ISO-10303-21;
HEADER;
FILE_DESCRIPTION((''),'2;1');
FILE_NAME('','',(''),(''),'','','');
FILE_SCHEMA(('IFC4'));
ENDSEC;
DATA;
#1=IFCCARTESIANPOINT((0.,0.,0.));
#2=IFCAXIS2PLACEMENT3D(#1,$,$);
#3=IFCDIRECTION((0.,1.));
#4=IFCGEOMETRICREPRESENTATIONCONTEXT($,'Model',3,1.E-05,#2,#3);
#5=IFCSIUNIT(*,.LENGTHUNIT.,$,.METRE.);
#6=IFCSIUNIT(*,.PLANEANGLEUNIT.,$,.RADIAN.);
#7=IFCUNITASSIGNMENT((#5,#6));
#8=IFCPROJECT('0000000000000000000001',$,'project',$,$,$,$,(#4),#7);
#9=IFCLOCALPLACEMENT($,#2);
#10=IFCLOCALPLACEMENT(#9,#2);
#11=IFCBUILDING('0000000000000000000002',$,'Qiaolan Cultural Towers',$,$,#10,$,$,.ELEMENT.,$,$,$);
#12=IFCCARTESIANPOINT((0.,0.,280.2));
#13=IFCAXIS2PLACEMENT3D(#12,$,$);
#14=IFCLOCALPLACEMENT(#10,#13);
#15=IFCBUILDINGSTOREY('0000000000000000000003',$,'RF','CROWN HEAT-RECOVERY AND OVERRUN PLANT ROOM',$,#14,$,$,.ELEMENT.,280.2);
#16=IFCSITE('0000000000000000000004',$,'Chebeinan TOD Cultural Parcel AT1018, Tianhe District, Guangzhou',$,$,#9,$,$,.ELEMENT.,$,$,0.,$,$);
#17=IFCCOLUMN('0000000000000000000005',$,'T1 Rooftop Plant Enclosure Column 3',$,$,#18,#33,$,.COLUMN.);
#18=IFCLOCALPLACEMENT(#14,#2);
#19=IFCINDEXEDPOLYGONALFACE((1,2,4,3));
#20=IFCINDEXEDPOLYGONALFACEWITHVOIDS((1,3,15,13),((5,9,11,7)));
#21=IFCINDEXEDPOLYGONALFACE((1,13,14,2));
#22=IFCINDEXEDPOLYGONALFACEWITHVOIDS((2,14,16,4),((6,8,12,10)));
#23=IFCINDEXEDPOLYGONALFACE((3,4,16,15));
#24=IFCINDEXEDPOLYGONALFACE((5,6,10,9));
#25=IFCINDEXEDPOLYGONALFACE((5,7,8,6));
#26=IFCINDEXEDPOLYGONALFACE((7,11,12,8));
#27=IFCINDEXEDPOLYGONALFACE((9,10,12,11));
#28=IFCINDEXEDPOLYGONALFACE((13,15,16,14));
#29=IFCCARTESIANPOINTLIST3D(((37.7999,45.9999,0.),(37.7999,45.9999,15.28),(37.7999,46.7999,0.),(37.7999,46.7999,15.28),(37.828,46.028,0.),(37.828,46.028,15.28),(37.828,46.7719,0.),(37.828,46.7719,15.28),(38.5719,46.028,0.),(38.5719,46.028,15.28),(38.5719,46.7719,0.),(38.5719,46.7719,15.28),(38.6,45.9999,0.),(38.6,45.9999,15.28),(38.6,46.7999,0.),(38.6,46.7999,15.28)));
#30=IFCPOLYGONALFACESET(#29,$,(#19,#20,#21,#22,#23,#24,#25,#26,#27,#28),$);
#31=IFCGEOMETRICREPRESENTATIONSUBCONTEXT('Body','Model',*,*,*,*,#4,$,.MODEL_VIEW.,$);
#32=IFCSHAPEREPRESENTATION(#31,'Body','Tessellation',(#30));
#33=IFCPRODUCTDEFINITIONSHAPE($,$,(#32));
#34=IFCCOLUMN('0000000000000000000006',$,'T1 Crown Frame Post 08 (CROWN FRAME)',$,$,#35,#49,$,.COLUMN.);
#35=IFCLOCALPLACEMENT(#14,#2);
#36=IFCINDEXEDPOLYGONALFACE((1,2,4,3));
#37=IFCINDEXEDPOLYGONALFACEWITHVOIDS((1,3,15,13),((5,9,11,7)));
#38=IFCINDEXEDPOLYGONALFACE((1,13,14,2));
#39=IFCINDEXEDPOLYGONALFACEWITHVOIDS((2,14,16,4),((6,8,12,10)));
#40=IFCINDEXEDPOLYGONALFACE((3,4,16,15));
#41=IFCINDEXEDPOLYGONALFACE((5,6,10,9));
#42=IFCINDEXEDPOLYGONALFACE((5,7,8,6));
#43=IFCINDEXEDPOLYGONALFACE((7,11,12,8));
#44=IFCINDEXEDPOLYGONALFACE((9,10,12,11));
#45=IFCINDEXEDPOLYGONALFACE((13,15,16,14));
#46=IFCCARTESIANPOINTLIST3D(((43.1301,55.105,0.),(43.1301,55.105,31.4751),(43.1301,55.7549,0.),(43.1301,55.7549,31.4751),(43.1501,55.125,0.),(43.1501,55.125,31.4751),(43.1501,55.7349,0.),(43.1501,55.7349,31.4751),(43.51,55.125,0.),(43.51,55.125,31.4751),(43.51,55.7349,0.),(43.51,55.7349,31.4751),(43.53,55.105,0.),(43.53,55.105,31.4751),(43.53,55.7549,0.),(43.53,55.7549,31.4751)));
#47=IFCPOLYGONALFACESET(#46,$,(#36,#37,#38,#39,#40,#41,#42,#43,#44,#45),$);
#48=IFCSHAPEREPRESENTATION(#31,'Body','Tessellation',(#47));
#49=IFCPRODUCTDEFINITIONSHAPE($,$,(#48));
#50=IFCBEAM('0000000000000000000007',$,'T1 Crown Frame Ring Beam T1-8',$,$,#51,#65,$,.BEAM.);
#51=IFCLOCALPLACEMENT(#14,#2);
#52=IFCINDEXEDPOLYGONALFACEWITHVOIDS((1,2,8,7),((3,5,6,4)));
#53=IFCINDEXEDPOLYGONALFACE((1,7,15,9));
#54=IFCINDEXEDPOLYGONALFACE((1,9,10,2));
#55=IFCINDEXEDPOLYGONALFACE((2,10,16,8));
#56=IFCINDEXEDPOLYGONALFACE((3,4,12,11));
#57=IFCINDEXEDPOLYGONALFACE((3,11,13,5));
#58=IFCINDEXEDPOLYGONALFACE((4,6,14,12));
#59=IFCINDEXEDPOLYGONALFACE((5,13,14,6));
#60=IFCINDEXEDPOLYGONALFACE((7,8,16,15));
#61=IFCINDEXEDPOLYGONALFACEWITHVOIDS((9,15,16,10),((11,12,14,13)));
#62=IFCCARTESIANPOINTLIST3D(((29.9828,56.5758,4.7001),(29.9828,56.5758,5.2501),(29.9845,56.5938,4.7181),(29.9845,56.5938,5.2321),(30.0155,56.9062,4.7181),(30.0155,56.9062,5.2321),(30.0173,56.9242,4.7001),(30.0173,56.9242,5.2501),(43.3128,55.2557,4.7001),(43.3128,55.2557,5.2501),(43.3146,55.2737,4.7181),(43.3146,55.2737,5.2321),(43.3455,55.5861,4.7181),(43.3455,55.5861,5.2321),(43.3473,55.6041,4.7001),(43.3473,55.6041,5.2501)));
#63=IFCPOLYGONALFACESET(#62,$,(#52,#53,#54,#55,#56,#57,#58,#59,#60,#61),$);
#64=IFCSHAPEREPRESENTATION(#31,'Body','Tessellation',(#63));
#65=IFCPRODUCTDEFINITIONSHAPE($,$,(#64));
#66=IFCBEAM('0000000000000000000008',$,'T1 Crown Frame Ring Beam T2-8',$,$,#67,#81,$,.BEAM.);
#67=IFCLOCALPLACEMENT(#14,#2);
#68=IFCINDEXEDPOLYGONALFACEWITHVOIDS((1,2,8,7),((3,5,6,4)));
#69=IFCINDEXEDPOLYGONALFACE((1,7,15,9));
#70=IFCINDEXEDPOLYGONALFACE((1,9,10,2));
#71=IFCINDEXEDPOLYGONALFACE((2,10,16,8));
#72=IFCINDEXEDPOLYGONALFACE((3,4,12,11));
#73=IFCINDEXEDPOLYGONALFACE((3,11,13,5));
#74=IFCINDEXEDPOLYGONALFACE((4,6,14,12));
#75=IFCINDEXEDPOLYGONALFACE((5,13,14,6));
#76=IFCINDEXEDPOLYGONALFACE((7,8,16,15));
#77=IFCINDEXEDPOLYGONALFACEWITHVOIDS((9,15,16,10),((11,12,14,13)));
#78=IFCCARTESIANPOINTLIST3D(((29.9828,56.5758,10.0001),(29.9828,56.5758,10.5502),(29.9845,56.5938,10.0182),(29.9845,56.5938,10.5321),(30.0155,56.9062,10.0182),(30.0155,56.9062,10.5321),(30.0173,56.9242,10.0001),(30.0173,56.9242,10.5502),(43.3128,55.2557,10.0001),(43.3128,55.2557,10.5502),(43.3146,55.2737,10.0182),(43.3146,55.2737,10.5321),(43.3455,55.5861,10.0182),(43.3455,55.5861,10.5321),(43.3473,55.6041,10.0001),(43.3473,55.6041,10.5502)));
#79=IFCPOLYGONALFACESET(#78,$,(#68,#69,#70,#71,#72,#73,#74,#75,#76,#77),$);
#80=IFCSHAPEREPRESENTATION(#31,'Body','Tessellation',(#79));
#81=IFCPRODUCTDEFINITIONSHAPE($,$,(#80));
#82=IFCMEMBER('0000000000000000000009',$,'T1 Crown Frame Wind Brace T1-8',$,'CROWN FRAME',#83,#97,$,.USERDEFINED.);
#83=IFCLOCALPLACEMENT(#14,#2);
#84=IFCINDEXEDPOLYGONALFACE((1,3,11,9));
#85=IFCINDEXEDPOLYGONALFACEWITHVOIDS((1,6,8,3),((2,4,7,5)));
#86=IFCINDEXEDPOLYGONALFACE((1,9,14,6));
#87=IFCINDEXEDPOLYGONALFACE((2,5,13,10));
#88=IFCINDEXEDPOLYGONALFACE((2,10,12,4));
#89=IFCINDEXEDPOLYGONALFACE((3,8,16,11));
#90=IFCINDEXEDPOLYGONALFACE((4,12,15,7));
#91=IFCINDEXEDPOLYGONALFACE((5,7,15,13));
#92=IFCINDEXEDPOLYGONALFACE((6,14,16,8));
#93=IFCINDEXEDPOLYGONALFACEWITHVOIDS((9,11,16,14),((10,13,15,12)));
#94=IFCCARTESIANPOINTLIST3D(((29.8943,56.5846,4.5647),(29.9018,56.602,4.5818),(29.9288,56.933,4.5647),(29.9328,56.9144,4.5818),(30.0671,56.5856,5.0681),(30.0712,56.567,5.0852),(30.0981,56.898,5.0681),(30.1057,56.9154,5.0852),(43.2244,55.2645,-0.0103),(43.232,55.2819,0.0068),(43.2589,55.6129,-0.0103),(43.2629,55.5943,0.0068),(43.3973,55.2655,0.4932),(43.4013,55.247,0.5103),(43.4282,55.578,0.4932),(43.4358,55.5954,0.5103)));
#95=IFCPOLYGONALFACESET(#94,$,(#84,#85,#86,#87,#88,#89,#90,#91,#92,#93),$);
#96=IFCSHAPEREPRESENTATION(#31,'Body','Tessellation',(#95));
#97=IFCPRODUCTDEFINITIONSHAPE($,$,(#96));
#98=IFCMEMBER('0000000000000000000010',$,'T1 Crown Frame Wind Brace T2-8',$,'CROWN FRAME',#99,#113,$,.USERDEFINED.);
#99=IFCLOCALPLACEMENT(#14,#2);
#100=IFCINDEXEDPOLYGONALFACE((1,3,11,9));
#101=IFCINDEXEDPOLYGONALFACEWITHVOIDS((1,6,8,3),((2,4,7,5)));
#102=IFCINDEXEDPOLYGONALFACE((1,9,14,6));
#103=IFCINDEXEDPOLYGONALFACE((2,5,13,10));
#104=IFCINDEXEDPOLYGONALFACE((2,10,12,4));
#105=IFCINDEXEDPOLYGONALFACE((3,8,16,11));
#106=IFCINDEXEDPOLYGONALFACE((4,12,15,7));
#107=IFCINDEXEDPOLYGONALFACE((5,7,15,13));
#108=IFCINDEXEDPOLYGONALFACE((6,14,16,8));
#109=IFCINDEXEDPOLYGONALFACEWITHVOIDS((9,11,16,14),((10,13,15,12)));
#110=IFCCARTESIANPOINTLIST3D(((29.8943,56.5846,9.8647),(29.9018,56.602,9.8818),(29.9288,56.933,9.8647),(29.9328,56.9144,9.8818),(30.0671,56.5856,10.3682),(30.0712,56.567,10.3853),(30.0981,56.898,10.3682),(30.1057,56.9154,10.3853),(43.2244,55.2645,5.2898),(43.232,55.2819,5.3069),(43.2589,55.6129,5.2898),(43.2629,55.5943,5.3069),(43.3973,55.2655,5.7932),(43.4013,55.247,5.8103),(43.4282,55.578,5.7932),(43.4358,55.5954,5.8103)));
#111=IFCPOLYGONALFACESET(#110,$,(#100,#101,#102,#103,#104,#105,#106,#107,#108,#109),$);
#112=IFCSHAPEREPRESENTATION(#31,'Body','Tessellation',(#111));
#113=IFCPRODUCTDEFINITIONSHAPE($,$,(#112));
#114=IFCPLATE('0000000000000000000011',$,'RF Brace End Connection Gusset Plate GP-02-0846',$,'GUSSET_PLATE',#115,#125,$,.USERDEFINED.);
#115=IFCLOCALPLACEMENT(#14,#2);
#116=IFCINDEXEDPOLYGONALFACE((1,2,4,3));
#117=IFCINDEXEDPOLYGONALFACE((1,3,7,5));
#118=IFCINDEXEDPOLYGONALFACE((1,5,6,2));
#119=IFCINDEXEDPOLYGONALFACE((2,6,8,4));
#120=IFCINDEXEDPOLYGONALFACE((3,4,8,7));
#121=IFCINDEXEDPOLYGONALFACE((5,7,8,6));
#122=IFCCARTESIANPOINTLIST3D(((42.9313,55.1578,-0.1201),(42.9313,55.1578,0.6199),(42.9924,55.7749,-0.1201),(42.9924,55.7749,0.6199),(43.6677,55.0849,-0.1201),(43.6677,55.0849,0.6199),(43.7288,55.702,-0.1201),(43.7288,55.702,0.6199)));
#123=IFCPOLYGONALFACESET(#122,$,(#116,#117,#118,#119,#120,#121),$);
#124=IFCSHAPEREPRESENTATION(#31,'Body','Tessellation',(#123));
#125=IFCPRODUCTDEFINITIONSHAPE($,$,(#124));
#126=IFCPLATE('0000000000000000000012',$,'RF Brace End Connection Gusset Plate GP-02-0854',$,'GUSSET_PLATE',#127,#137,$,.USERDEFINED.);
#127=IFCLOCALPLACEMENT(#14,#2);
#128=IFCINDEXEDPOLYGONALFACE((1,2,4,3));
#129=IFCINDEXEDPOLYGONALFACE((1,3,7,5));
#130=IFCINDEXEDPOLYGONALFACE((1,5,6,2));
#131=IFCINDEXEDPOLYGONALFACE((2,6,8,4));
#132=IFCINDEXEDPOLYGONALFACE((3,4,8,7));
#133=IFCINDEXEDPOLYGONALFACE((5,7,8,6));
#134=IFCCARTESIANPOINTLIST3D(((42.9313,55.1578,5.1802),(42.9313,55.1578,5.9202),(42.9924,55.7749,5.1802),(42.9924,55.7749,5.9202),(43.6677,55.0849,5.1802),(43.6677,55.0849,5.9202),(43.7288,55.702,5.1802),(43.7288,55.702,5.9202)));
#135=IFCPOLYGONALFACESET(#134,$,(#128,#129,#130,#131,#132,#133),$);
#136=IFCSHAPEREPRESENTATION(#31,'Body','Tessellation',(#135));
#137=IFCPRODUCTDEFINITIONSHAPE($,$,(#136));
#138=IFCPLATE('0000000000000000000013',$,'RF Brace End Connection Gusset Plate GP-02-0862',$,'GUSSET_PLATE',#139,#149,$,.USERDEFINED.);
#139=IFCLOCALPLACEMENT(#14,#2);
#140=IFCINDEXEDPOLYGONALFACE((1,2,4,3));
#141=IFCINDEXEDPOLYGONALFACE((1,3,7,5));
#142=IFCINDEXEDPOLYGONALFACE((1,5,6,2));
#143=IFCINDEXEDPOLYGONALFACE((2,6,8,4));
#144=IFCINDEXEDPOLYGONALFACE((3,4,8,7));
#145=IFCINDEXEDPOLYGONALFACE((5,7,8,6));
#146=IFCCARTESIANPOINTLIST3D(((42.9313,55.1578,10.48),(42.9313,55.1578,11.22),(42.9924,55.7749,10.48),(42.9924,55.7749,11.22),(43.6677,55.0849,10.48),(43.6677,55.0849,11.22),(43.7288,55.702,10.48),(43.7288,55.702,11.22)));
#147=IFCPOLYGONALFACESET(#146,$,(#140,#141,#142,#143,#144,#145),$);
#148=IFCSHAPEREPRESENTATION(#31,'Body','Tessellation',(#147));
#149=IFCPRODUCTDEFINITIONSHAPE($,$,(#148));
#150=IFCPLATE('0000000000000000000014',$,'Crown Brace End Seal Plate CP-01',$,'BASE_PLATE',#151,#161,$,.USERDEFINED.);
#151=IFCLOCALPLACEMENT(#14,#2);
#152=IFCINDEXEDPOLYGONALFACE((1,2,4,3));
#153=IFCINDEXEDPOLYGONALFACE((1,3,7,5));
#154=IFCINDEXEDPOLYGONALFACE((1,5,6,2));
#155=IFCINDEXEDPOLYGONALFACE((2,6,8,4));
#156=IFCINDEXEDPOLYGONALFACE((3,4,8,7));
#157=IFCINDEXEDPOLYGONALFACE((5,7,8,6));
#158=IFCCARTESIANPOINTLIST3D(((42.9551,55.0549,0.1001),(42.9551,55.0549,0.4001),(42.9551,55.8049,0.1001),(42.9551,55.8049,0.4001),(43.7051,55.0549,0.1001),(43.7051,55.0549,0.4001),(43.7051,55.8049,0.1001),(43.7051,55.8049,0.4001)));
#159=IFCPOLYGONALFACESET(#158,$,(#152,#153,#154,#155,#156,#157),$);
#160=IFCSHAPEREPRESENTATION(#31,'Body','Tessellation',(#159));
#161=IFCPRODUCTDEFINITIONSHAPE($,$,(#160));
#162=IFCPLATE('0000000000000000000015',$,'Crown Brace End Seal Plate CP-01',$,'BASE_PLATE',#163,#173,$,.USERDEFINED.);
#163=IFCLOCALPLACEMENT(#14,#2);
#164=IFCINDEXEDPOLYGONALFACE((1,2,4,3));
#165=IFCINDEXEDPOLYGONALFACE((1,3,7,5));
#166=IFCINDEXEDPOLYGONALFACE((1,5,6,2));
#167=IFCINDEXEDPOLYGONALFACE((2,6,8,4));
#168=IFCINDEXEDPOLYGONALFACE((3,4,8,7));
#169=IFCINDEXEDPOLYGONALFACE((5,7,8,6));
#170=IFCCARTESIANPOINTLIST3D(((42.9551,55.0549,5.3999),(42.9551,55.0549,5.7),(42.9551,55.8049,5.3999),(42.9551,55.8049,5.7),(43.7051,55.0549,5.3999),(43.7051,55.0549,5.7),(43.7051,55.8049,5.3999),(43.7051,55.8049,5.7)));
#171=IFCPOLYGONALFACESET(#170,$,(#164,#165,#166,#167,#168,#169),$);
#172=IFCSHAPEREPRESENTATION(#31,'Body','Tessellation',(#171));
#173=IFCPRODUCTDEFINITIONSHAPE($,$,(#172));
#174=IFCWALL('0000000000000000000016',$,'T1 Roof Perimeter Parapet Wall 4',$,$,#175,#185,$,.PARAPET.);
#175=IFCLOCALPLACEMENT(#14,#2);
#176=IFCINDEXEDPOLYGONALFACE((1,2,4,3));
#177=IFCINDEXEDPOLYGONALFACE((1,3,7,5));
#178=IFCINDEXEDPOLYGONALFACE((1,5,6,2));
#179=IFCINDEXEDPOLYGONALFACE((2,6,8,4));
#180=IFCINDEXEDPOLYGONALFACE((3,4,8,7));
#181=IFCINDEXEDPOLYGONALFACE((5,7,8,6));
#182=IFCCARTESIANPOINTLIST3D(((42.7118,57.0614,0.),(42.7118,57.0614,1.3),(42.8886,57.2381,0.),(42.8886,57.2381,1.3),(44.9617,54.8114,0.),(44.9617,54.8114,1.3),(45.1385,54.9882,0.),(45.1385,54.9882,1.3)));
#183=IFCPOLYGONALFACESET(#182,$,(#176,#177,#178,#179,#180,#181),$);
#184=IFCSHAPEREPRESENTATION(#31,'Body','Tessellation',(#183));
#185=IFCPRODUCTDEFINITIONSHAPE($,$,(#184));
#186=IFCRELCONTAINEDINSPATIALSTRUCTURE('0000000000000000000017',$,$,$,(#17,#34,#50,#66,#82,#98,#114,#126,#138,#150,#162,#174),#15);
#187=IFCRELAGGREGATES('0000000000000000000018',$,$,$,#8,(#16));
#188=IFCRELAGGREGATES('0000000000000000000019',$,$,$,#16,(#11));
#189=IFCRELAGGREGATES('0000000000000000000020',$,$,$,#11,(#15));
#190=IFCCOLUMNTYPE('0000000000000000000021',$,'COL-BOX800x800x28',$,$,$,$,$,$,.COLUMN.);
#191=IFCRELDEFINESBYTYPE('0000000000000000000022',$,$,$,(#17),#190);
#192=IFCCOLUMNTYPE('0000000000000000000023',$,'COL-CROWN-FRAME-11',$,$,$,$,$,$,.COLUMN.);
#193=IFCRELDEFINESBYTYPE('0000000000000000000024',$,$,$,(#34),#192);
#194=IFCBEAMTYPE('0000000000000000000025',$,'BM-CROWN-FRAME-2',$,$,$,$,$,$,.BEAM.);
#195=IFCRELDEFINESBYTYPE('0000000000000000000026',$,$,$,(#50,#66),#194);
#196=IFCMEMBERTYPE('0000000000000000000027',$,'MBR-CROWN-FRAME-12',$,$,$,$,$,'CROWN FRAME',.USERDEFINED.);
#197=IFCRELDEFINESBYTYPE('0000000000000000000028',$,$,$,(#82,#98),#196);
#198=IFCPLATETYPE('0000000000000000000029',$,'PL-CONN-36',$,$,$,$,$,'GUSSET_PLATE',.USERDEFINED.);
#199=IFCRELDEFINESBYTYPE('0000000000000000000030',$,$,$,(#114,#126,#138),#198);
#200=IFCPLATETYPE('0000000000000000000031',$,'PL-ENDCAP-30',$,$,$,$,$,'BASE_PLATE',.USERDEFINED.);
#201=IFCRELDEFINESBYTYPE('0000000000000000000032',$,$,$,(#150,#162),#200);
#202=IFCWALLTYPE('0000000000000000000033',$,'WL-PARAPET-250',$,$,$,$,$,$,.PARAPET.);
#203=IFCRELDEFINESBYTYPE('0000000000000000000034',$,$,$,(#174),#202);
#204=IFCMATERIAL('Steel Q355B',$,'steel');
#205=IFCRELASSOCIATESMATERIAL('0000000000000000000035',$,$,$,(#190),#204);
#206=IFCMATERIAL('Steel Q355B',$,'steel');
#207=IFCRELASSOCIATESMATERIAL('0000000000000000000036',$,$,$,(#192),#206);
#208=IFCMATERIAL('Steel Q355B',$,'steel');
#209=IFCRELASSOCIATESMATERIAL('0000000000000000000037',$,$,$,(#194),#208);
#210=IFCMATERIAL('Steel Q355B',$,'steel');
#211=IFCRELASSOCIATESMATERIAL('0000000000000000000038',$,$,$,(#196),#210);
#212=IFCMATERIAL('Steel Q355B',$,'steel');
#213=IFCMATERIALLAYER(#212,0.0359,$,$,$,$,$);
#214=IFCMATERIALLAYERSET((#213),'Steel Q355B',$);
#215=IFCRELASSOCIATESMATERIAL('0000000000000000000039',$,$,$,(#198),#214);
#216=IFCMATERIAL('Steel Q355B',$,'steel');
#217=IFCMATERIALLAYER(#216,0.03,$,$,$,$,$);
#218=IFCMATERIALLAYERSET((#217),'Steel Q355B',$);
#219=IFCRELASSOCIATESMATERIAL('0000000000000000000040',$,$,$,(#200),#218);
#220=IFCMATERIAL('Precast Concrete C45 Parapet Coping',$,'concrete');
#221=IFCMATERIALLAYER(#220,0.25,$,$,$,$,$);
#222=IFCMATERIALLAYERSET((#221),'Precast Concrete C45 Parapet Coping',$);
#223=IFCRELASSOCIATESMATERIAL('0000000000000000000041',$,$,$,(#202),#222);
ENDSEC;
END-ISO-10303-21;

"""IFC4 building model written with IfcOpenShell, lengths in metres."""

from ifc_helpers import new_model, si_unit, direction, frame, frame_2d, origin, origin_2d, place, context, subcontext, project, spatial, rectangle, hollow_rectangle, extrude, material, layer, layer_set, material_profile, profile_set, type_object, element, save


model = new_model("IFC4")

# Units and contexts
model_context = context("Model", 3, precision=1e-05, world=origin(), true_north=direction((0.0, 1.0)))
body_context = subcontext(model_context, "Body", "Model", "MODEL_VIEW")
ifc_project = project(units=[si_unit("LENGTHUNIT", "METRE"), si_unit("PLANEANGLEUNIT", "RADIAN")], contexts=[model_context])

# Site, building, storey
site_placement = place(None, origin())
site = spatial("IfcSite", under=ifc_project, at=site_placement, Name="Chebeinan TOD Cultural Parcel AT1018, Tianhe District, Guangzhou", CompositionType="ELEMENT", RefElevation=0.0)
building_placement = place(site_placement, origin())
building = spatial("IfcBuilding", under=site, at=building_placement, Name="Qiaolan Cultural Towers", CompositionType="ELEMENT")
storey_placement = place(building_placement, frame((0.0, 0.0, 280.2)))
storey = spatial("IfcBuildingStorey", under=building, at=storey_placement, Name="RF", Description="CROWN HEAT-RECOVERY AND OVERRUN PLANT ROOM", CompositionType="ELEMENT", Elevation=280.2)

# Columns
ifc_material_1 = material(Name="Steel Q355B", Category="steel")
ifc_material_profile_1 = material_profile(ifc_material_1, hollow_rectangle(XDim=0.8, YDim=0.8, WallThickness=0.0281, at=origin_2d()), Name="BOX800x800x28")
ifc_profile_set_1 = profile_set([ifc_material_profile_1], Name="Steel Q355B")
column_type_1 = type_object("IfcColumnType", Name="COL-BOX800x800x28", PredefinedType="COLUMN", material=ifc_profile_set_1)
column_1_placement = place(storey_placement, frame((38.2, 46.3999, 0.0), z_axis=(0.0, 0.0, 1.0), x_axis=(1.0, 0.0, 0.0)))
element("IfcColumn", 1, at=column_1_placement, inside=storey, type_object=column_type_1, Name="T1 Rooftop Plant Enclosure Column 3", PredefinedType="COLUMN", context=body_context, shape_type="SweptSolid", body=[
    extrude(hollow_rectangle(XDim=0.8, YDim=0.8, WallThickness=0.0281, at=origin_2d()), origin(), (0.0, 0.0, 1.0), 15.28),
])
ifc_material_2 = material(Name="Steel Q355B", Category="steel")
ifc_material_profile_2 = material_profile(ifc_material_2, hollow_rectangle(XDim=0.3999, YDim=0.6499, WallThickness=0.02, at=origin_2d()), Name="BOX650x400x20")
ifc_profile_set_2 = profile_set([ifc_material_profile_2], Name="Steel Q355B")
column_type_2 = type_object("IfcColumnType", Name="COL-CROWN-FRAME-11", PredefinedType="COLUMN", material=ifc_profile_set_2)
column_2_placement = place(storey_placement, frame((43.3301, 55.4299, 0.0), z_axis=(0.0, 0.0, 1.0), x_axis=(1.0, 0.0, 0.0)))
element("IfcColumn", 2, at=column_2_placement, inside=storey, type_object=column_type_2, Name="T1 Crown Frame Post 08 (CROWN FRAME)", PredefinedType="COLUMN", context=body_context, shape_type="SweptSolid", body=[
    extrude(hollow_rectangle(XDim=0.3999, YDim=0.6499, WallThickness=0.02, at=origin_2d()), origin(), (0.0, 0.0, 1.0), 31.4751),
])

# Beams
ifc_material_3 = material(Name="Steel Q355B", Category="steel")
ifc_material_profile_3 = material_profile(ifc_material_3, hollow_rectangle(XDim=0.3501, YDim=0.55, WallThickness=0.0181, at=origin_2d()), Name="BOX550x350x18")
ifc_profile_set_3 = profile_set([ifc_material_profile_3], Name="Steel Q355B")
beam_type = type_object("IfcBeamType", Name="BM-CROWN-FRAME-2", PredefinedType="BEAM", material=ifc_profile_set_3)
for number, where, z_axis, x_axis, name in (
    (3, (43.3301, 55.4299, 4.9751), (-0.995132, 0.098547, 0.0), (-0.098547, -0.995132, 0.0), "T1 Crown Frame Ring Beam T1-8"),
    (4, (43.3301, 55.4299, 10.2751), (-0.995132, 0.098547, 0.0), (-0.098547, -0.995132, 0.0), "T1 Crown Frame Ring Beam T2-8"),
):
    element("IfcBeam", number, at=place(storey_placement, frame(where, z_axis=z_axis, x_axis=x_axis)), inside=storey, type_object=beam_type, Name=name, PredefinedType="BEAM", context=body_context, shape_type="SweptSolid", body=[
        extrude(hollow_rectangle(XDim=0.3501, YDim=0.55, WallThickness=0.0181, at=origin_2d()), origin(), (0.0, 0.0, 1.0), 13.3953),
    ])

# Members
ifc_material_4 = material(Name="Steel Q355B", Category="steel")
ifc_material_profile_4 = material_profile(ifc_material_4, hollow_rectangle(XDim=0.3501, YDim=0.55, WallThickness=0.0181, at=origin_2d()), Name="BOX550x350x18")
ifc_profile_set_4 = profile_set([ifc_material_profile_4], Name="Steel Q355B")
member_type = type_object("IfcMemberType", Name="MBR-CROWN-FRAME-12", ElementType="CROWN FRAME", PredefinedType="USERDEFINED", material=ifc_profile_set_4)
for number, where, z_axis, x_axis, name in (
    (5, (43.3301, 55.4299, 0.25), (-0.941723, 0.093258, 0.323204), (-0.098547, -0.995132, 0.0), "T1 Crown Frame Wind Brace T1-8"),
    (6, (43.3301, 55.4299, 5.55), (-0.941723, 0.093258, 0.323204), (-0.098547, -0.995132, 0.0), "T1 Crown Frame Wind Brace T2-8"),
):
    element("IfcMember", number, at=place(storey_placement, frame(where, z_axis=z_axis, x_axis=x_axis)), inside=storey, type_object=member_type, Name=name, ObjectType="CROWN FRAME", PredefinedType="USERDEFINED", context=body_context, shape_type="SweptSolid", body=[
        extrude(hollow_rectangle(XDim=0.3501, YDim=0.55, WallThickness=0.0181, at=origin_2d()), origin(), (0.0, 0.0, 1.0), 14.155),
    ])

# Plates
ifc_material_5 = material(Name="Steel Q355B", Category="steel")
ifc_layer_1 = layer(ifc_material_5, 0.0359)
ifc_layer_set_1 = layer_set([ifc_layer_1], Name="Steel Q355B")
plate_type_1 = type_object("IfcPlateType", Name="PL-CONN-36", ElementType="GUSSET_PLATE", PredefinedType="USERDEFINED", material=ifc_layer_set_1)
for number, where, z_axis, x_axis, name in (
    (7, (43.3301, 55.4299, -0.1201), (0.0, 0.0, 1.0), (-0.995133, 0.098543, 0.0), "RF Brace End Connection Gusset Plate GP-02-0846"),
    (8, (43.3301, 55.4299, 5.1802), (0.0, 0.0, 1.0), (-0.995133, 0.098543, 0.0), "RF Brace End Connection Gusset Plate GP-02-0854"),
    (9, (43.3301, 55.4299, 10.48), (0.0, 0.0, 1.0), (-0.995133, 0.098543, 0.0), "RF Brace End Connection Gusset Plate GP-02-0862"),
):
    element("IfcPlate", number, at=place(storey_placement, frame(where, z_axis=z_axis, x_axis=x_axis)), inside=storey, type_object=plate_type_1, Name=name, ObjectType="GUSSET_PLATE", PredefinedType="USERDEFINED", context=body_context, shape_type="SweptSolid", body=[
        extrude(rectangle(XDim=0.74, YDim=0.6201, at=origin_2d()), origin(), (0.0, 0.0, 1.0), 0.74),
    ])
ifc_material_6 = material(Name="Steel Q355B", Category="steel")
ifc_layer_2 = layer(ifc_material_6, 0.03)
ifc_layer_set_2 = layer_set([ifc_layer_2], Name="Steel Q355B")
plate_type_2 = type_object("IfcPlateType", Name="PL-ENDCAP-30", ElementType="BASE_PLATE", PredefinedType="USERDEFINED", material=ifc_layer_set_2)
for number, where, z_axis, x_axis, name in (
    (10, (43.3301, 55.4299, 0.1001), (0.0, 0.0, 1.0), (1.0, 0.0, 0.0), "Crown Brace End Seal Plate CP-01"),
    (11, (43.3301, 55.4299, 5.3999), (0.0, 0.0, 1.0), (1.0, 0.0, 0.0), "Crown Brace End Seal Plate CP-01"),
):
    element("IfcPlate", number, at=place(storey_placement, frame(where, z_axis=z_axis, x_axis=x_axis)), inside=storey, type_object=plate_type_2, Name=name, ObjectType="BASE_PLATE", PredefinedType="USERDEFINED", context=body_context, shape_type="SweptSolid", body=[
        extrude(rectangle(XDim=0.75, YDim=0.75, at=origin_2d()), origin(), (0.0, 0.0, 1.0), 0.3),
    ])

# Wall
ifc_material_7 = material(Name="Precast Concrete C45 Parapet Coping", Category="concrete")
ifc_layer_3 = layer(ifc_material_7, 0.25)
ifc_layer_set_3 = layer_set([ifc_layer_3], Name="Precast Concrete C45 Parapet Coping")
wall_type = type_object("IfcWallType", Name="WL-PARAPET-250", PredefinedType="PARAPET", material=ifc_layer_set_3)
wall_1_placement = place(storey_placement, frame((45.05, 54.8999, 0.0), z_axis=(0.0, 0.0, 1.0), x_axis=(-0.707107, 0.707107, 0.0)))
element("IfcWall", 12, at=wall_1_placement, inside=storey, type_object=wall_type, Name="T1 Roof Perimeter Parapet Wall 4", PredefinedType="PARAPET", context=body_context, shape_type="SweptSolid", body=[
    extrude(rectangle(XDim=3.1819, YDim=0.25, at=frame_2d((1.5908, 0.0))), origin(), (0.0, 0.0, 1.0), 1.3),
])

save(model, "model.ifc")
